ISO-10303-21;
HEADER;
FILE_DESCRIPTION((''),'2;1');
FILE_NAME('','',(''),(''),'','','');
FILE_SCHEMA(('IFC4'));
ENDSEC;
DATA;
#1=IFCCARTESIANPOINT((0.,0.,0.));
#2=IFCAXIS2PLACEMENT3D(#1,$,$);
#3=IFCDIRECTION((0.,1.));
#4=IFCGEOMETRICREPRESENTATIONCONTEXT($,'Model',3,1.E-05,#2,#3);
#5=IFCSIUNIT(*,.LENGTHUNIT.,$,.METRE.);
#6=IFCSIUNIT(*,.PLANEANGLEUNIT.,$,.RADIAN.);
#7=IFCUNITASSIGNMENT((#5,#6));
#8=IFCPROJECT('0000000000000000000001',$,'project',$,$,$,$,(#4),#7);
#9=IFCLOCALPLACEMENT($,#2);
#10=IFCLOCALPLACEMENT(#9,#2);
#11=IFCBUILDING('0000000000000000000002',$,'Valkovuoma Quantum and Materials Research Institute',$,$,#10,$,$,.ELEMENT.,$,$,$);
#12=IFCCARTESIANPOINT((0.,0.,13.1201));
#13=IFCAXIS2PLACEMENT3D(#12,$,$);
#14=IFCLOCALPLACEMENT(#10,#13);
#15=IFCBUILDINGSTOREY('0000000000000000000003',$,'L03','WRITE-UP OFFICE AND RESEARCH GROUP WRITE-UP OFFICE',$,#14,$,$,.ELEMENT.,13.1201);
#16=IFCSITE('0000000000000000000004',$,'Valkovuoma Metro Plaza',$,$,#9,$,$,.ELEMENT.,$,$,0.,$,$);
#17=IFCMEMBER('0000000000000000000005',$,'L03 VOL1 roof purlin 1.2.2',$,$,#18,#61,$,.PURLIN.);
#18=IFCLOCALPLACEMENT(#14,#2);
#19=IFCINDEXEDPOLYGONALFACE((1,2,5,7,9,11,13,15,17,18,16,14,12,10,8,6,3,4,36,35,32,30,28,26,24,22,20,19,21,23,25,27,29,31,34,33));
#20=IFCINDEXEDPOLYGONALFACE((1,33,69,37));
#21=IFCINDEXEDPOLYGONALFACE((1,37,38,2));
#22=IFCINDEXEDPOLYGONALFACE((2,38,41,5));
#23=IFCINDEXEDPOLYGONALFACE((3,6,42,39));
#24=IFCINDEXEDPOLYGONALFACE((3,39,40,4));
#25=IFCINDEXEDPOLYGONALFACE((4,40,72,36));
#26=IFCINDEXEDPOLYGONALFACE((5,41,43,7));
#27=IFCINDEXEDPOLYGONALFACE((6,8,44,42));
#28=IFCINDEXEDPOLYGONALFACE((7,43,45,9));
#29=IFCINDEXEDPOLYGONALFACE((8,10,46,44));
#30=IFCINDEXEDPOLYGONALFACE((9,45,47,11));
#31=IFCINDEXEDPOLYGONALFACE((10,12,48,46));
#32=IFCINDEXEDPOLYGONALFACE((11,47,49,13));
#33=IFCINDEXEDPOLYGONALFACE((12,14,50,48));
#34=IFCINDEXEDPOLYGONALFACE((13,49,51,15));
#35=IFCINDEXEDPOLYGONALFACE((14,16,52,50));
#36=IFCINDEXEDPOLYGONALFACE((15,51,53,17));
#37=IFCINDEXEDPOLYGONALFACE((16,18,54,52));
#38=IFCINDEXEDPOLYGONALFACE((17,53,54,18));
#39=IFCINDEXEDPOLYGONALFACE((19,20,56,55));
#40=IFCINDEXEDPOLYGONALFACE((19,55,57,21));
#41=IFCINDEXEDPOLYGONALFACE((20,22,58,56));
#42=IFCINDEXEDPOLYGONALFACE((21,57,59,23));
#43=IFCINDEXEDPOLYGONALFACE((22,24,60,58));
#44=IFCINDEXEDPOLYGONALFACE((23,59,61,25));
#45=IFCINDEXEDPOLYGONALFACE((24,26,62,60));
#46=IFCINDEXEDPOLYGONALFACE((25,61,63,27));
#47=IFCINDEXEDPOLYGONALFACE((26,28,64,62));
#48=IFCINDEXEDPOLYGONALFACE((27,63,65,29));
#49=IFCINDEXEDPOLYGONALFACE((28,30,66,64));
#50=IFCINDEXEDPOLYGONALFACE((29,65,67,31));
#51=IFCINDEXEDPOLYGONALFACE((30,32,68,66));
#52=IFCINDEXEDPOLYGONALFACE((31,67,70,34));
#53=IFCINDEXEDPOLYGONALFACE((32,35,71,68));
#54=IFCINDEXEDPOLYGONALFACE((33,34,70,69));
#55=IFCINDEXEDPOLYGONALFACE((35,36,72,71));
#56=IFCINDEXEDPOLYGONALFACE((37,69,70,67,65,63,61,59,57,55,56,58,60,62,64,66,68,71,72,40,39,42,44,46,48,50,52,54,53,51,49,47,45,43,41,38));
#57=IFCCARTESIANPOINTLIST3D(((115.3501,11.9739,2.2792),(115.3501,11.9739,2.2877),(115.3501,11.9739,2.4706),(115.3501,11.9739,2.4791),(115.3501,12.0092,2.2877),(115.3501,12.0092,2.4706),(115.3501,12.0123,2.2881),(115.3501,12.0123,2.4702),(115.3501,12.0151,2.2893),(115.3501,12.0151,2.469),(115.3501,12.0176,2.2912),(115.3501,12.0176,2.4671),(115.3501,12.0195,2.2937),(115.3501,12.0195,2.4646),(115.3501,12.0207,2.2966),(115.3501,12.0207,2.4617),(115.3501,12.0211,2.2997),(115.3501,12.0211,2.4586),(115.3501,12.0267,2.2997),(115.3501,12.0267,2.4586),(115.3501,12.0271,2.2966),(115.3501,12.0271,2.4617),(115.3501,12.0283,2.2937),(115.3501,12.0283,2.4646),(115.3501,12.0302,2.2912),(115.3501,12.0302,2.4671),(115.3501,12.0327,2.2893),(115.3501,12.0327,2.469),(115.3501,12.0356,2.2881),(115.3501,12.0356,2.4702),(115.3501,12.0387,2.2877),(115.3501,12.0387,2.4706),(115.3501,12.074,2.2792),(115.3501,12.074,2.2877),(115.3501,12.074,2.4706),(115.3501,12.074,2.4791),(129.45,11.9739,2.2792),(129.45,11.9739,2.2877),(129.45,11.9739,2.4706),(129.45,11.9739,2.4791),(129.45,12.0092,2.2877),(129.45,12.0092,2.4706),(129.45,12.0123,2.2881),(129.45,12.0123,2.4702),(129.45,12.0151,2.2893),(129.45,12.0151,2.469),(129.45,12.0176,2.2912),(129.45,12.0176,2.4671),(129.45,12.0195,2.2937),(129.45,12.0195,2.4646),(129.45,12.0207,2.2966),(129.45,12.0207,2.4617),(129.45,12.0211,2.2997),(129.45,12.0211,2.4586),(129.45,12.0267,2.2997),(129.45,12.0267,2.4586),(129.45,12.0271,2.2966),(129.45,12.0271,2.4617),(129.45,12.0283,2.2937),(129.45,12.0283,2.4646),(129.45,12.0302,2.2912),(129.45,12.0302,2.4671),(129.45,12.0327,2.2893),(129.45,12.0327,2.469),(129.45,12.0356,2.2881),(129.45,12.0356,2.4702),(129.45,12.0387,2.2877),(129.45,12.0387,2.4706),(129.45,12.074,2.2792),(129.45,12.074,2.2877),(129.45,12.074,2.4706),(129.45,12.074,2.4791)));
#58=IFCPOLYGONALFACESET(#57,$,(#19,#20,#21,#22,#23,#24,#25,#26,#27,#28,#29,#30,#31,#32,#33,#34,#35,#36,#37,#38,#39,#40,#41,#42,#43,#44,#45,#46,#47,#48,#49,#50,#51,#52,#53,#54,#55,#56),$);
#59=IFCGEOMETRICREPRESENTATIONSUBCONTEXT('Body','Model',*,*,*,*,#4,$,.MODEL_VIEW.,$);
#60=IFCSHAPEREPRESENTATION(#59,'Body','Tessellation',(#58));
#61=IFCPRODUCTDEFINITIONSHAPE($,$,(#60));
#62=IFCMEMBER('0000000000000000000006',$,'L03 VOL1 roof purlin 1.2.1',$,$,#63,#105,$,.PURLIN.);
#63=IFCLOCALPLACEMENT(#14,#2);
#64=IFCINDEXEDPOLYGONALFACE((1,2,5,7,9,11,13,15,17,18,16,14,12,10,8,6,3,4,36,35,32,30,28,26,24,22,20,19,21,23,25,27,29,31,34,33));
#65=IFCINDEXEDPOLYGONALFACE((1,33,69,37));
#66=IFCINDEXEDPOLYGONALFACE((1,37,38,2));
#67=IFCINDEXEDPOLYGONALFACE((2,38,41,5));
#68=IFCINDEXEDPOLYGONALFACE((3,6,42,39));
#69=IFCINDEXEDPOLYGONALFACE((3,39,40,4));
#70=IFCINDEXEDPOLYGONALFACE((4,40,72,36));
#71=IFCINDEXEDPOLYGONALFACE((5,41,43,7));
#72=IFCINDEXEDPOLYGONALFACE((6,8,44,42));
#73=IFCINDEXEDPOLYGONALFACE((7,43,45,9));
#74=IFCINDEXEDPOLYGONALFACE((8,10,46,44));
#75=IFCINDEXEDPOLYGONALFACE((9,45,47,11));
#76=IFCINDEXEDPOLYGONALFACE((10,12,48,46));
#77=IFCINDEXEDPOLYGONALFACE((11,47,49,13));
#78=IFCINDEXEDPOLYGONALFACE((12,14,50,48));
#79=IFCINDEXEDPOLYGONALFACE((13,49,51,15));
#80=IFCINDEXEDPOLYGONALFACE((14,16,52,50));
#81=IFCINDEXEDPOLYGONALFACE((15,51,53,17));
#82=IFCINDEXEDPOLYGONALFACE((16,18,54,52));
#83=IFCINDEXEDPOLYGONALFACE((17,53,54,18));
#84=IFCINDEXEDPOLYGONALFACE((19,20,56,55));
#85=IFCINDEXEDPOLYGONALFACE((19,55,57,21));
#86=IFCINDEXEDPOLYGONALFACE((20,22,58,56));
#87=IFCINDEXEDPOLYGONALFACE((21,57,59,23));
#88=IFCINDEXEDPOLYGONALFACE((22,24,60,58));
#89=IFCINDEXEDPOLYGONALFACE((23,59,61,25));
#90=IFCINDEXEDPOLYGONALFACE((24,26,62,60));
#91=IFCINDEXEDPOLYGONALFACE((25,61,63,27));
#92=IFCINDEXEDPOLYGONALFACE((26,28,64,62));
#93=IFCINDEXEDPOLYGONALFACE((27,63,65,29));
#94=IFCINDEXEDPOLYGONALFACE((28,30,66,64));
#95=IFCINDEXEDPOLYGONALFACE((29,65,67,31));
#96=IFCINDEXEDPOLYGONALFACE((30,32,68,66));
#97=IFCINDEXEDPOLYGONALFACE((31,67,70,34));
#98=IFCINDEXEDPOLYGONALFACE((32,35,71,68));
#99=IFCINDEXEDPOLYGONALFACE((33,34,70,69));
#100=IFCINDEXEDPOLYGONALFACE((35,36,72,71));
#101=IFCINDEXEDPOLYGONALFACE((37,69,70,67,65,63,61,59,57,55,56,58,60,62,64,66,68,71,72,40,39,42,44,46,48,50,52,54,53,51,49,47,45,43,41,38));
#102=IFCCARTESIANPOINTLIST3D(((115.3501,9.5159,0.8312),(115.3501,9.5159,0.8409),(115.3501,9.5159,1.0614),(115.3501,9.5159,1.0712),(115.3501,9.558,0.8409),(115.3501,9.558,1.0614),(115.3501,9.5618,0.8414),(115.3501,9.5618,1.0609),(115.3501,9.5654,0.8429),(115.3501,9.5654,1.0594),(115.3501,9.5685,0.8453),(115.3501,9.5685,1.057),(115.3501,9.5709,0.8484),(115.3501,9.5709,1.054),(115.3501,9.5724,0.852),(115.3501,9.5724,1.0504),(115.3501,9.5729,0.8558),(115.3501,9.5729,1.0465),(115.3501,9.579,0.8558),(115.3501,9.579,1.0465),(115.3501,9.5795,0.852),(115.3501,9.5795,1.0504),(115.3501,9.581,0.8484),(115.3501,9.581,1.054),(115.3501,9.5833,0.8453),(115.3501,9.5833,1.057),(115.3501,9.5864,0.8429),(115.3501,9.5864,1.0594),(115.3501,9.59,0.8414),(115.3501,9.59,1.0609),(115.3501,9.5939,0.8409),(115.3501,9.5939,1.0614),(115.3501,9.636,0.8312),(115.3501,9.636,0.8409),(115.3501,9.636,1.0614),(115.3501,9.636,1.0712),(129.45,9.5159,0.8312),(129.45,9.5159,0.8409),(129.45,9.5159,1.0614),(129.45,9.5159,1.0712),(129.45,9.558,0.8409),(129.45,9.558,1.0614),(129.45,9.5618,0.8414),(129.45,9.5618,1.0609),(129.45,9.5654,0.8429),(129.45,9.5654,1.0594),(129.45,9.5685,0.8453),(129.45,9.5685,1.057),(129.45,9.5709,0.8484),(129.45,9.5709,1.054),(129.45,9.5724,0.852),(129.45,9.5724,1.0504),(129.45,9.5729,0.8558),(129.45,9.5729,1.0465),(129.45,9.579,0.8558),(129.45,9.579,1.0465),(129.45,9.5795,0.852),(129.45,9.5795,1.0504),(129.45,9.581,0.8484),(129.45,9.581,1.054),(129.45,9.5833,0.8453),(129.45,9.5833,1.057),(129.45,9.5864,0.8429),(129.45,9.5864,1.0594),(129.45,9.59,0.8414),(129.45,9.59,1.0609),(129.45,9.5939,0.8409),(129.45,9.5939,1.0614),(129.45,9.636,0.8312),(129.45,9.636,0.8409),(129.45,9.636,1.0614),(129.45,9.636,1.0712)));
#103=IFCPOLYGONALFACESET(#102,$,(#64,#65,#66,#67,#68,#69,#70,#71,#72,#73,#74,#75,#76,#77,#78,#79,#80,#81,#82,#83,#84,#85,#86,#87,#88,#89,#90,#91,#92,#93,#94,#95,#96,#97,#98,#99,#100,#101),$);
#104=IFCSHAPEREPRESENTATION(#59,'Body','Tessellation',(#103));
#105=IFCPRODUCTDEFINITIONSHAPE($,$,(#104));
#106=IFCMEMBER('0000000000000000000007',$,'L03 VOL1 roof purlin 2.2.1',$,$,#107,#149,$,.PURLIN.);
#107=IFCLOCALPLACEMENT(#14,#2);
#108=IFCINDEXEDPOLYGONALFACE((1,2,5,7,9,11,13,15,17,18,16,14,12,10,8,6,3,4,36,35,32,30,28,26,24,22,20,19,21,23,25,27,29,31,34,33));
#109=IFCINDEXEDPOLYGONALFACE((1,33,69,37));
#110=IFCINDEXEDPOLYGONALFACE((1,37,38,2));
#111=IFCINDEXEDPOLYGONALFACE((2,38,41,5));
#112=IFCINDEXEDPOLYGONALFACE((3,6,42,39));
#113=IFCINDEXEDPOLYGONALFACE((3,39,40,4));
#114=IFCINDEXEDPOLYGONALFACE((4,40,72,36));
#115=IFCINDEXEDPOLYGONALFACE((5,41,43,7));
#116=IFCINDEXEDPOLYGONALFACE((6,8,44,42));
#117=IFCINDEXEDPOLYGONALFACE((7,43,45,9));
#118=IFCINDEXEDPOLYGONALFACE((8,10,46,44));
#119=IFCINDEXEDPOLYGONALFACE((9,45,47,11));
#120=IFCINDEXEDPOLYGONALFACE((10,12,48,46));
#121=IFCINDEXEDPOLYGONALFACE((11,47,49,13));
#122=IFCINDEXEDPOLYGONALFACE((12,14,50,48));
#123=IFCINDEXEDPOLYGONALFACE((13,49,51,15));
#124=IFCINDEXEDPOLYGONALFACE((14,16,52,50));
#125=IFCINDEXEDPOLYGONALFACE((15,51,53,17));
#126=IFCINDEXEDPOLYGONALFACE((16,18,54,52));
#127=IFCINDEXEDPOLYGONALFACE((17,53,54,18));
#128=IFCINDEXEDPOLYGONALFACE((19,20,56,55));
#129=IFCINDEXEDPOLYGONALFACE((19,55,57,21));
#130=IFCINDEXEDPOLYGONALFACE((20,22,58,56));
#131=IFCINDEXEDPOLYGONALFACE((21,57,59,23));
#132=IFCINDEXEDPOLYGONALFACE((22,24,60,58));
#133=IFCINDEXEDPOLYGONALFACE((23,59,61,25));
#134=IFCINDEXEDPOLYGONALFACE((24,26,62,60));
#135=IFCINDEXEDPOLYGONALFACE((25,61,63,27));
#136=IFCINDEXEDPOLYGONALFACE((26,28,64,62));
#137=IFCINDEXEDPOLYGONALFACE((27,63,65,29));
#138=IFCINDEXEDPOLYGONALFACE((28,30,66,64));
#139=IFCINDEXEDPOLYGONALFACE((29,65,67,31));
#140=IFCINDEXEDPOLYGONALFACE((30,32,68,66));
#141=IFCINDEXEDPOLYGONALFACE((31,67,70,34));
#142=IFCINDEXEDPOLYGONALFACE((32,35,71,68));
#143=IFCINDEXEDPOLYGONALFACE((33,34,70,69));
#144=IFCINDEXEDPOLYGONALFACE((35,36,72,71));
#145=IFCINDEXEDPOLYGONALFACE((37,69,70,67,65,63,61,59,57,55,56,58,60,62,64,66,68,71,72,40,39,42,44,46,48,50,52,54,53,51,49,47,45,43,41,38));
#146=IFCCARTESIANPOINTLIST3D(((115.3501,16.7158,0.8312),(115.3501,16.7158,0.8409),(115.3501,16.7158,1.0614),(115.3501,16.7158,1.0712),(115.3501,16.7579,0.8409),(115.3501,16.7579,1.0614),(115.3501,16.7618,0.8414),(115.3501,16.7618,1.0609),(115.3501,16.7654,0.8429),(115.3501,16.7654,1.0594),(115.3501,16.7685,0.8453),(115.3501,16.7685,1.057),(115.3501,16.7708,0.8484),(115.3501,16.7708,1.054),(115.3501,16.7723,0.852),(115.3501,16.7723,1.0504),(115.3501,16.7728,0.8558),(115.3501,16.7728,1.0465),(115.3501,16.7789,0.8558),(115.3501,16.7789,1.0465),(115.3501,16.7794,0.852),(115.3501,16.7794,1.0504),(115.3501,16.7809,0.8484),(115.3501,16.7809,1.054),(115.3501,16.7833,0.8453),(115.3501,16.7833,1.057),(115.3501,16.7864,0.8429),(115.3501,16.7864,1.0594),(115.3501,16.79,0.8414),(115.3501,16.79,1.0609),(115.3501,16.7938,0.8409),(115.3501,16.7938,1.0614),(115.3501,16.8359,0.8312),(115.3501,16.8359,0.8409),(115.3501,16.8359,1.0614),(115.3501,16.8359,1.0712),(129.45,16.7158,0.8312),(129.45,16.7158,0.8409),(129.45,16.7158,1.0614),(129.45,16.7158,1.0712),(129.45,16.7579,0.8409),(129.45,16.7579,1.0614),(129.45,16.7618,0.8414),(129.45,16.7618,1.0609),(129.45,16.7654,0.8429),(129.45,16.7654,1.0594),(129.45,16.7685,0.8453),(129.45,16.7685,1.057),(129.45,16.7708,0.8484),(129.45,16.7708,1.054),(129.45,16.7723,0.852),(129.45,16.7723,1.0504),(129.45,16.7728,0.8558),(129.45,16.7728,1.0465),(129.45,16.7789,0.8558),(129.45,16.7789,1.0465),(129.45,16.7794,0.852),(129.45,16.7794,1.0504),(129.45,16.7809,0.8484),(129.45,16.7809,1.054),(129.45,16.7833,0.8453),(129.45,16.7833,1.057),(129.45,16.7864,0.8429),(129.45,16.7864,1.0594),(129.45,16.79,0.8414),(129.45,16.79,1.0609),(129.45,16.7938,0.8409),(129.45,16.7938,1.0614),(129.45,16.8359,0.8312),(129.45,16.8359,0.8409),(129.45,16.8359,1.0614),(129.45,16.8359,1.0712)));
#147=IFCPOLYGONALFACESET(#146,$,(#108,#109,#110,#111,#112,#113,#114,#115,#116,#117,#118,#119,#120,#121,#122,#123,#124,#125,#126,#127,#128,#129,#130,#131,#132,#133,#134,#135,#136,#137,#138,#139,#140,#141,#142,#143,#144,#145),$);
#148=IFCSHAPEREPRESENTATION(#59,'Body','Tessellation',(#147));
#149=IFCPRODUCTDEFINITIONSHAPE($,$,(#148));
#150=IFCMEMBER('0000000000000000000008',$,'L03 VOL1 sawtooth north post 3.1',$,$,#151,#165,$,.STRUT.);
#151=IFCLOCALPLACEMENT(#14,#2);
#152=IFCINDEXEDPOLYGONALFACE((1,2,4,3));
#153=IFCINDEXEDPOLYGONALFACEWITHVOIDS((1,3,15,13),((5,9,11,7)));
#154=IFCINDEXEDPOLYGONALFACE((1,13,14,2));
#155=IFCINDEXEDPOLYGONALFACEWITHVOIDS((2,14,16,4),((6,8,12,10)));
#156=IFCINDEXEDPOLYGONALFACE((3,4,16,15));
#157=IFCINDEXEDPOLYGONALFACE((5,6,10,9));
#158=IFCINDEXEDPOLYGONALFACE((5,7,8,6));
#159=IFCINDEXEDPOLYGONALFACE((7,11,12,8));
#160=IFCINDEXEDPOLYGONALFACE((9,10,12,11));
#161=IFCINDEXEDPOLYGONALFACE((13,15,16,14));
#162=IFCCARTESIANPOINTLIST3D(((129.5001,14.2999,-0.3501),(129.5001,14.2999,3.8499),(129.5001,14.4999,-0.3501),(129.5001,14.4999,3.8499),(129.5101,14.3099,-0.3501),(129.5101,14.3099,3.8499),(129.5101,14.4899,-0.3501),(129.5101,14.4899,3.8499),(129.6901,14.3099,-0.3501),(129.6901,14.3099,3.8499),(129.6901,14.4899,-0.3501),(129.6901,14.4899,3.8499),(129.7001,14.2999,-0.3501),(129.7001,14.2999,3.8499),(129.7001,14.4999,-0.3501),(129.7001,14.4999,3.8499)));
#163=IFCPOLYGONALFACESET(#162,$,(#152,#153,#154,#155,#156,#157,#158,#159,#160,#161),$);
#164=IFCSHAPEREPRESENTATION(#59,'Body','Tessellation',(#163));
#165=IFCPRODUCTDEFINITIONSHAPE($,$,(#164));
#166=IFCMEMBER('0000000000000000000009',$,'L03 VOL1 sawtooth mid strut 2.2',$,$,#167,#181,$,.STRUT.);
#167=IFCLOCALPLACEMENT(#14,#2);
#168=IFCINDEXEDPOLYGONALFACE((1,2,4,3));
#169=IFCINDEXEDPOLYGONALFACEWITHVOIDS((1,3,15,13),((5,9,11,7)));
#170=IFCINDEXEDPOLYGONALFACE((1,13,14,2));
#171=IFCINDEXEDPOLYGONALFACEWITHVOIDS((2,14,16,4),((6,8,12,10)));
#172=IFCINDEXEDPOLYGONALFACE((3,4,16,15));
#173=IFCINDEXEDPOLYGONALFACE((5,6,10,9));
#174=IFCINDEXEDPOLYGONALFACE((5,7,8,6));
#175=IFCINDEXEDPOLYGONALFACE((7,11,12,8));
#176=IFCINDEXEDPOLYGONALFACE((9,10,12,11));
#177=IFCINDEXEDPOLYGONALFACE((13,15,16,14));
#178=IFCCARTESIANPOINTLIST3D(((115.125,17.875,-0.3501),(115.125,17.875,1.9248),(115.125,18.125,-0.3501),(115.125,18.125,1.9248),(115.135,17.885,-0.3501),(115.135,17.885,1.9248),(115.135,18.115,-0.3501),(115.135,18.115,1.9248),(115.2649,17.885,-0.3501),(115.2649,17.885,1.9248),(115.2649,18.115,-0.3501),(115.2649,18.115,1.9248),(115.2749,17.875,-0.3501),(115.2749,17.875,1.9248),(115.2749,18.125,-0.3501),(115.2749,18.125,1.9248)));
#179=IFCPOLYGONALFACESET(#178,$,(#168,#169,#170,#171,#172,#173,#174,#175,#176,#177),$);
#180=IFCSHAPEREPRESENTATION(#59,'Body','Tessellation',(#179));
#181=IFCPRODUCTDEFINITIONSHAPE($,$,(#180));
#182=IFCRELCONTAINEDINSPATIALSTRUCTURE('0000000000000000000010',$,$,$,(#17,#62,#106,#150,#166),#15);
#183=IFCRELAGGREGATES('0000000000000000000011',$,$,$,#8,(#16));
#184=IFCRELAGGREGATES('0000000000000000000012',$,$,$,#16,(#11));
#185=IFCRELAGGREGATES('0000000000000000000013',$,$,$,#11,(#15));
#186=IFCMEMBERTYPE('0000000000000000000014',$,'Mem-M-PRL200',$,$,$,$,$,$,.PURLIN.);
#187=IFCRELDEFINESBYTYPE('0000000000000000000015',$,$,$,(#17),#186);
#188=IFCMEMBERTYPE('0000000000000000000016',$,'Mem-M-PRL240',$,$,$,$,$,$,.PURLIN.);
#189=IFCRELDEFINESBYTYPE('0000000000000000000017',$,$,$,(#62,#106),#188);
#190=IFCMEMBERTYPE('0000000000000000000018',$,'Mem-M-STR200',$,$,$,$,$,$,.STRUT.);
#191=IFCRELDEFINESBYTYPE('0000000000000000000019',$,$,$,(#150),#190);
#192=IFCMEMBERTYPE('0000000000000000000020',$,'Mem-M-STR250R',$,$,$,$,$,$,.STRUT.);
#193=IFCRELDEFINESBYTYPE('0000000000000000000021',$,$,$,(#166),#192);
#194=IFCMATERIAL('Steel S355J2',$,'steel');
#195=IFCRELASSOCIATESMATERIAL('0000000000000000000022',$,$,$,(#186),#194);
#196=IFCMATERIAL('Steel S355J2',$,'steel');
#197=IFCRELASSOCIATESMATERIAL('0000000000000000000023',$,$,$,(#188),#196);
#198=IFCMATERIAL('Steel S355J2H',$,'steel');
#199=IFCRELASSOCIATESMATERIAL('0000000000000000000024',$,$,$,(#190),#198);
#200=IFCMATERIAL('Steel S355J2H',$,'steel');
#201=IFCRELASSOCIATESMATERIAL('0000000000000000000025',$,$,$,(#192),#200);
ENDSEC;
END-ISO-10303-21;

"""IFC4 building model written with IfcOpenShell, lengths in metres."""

from ifc_helpers import new_model, si_unit, direction, frame, origin, origin_2d, place, context, subcontext, project, spatial, hollow_rectangle, i_section, extrude, material, material_profile, profile_set, type_object, element, save


model = new_model("IFC4")

# Units and contexts
model_context = context("Model", 3, precision=1e-05, world=origin(), true_north=direction((0.0, 1.0)))
body_context = subcontext(model_context, "Body", "Model", "MODEL_VIEW")
ifc_project = project(units=[si_unit("LENGTHUNIT", "METRE"), si_unit("PLANEANGLEUNIT", "RADIAN")], contexts=[model_context])

# Site, building, storey
site_placement = place(None, origin())
site = spatial("IfcSite", under=ifc_project, at=site_placement, Name="Valkovuoma Metro Plaza", CompositionType="ELEMENT", RefElevation=0.0)
building_placement = place(site_placement, origin())
building = spatial("IfcBuilding", under=site, at=building_placement, Name="Valkovuoma Quantum and Materials Research Institute", CompositionType="ELEMENT")
storey_placement = place(building_placement, frame((0.0, 0.0, 13.1201)))
storey = spatial("IfcBuildingStorey", under=building, at=storey_placement, Name="L03", Description="WRITE-UP OFFICE AND RESEARCH GROUP WRITE-UP OFFICE", CompositionType="ELEMENT", Elevation=13.1201)

# Members
ifc_material_1 = material(Name="Steel S355J2", Category="steel")
ifc_material_profile_1 = material_profile(ifc_material_1, i_section(OverallWidth=0.1001, OverallDepth=0.2, WebThickness=0.0056, FlangeThickness=0.0085, FilletRadius=0.012, at=origin_2d()), Name="Steel S355J2")
ifc_profile_set_1 = profile_set([ifc_material_profile_1], Name="Steel S355J2")
member_type_1 = type_object("IfcMemberType", Name="Mem-M-PRL200", PredefinedType="PURLIN", material=ifc_profile_set_1)
member_1_placement = place(storey_placement, frame((115.3501, 12.0239, 2.3792), z_axis=(1.0, 0.0, 0.0), x_axis=(0.0, 1.0, 0.0)))
element("IfcMember", 1, at=member_1_placement, inside=storey, type_object=member_type_1, Name="L03 VOL1 roof purlin 1.2.2", PredefinedType="PURLIN", context=body_context, shape_type="SweptSolid", body=[
    extrude(i_section(OverallWidth=0.1001, OverallDepth=0.2, WebThickness=0.0056, FlangeThickness=0.0085, FilletRadius=0.012, at=origin_2d()), origin(), (0.0, 0.0, 1.0), 14.0999),
])
ifc_material_2 = material(Name="Steel S355J2", Category="steel")
ifc_material_profile_2 = material_profile(ifc_material_2, i_section(OverallWidth=0.1201, OverallDepth=0.24, WebThickness=0.0061, FlangeThickness=0.0098, FilletRadius=0.0149, at=origin_2d()), Name="Steel S355J2")
ifc_profile_set_2 = profile_set([ifc_material_profile_2], Name="Steel S355J2")
member_type_2 = type_object("IfcMemberType", Name="Mem-M-PRL240", PredefinedType="PURLIN", material=ifc_profile_set_2)
for number, where, z_axis, x_axis, name in (
    (2, (115.3501, 9.5759, 0.9512), (1.0, 0.0, 0.0), (0.0, 1.0, 0.0), "L03 VOL1 roof purlin 1.2.1"),
    (3, (115.3501, 16.7759, 0.9512), (1.0, 0.0, 0.0), (0.0, 1.0, 0.0), "L03 VOL1 roof purlin 2.2.1"),
):
    element("IfcMember", number, at=place(storey_placement, frame(where, z_axis=z_axis, x_axis=x_axis)), inside=storey, type_object=member_type_2, Name=name, PredefinedType="PURLIN", context=body_context, shape_type="SweptSolid", body=[
        extrude(i_section(OverallWidth=0.1201, OverallDepth=0.24, WebThickness=0.0061, FlangeThickness=0.0098, FilletRadius=0.0149, at=origin_2d()), origin(), (0.0, 0.0, 1.0), 14.0999),
    ])
ifc_material_3 = material(Name="Steel S355J2H", Category="steel")
ifc_material_profile_3 = material_profile(ifc_material_3, hollow_rectangle(XDim=0.2, YDim=0.2, WallThickness=0.01, at=origin_2d()), Name="Steel S355J2H")
ifc_profile_set_3 = profile_set([ifc_material_profile_3], Name="Steel S355J2H")
member_type_3 = type_object("IfcMemberType", Name="Mem-M-STR200", PredefinedType="STRUT", material=ifc_profile_set_3)
member_2_placement = place(storey_placement, frame((129.6001, 14.3999, -0.3501), z_axis=(0.0, 0.0, 1.0), x_axis=(1.0, 0.0, 0.0)))
element("IfcMember", 4, at=member_2_placement, inside=storey, type_object=member_type_3, Name="L03 VOL1 sawtooth north post 3.1", PredefinedType="STRUT", context=body_context, shape_type="SweptSolid", body=[
    extrude(hollow_rectangle(XDim=0.2, YDim=0.2, WallThickness=0.01, at=origin_2d()), origin(), (0.0, 0.0, 1.0), 4.2),
])
ifc_material_4 = material(Name="Steel S355J2H", Category="steel")
ifc_material_profile_4 = material_profile(ifc_material_4, hollow_rectangle(XDim=0.1499, YDim=0.25, WallThickness=0.01, at=origin_2d()), Name="Steel S355J2H")
ifc_profile_set_4 = profile_set([ifc_material_profile_4], Name="Steel S355J2H")
member_type_4 = type_object("IfcMemberType", Name="Mem-M-STR250R", PredefinedType="STRUT", material=ifc_profile_set_4)
for number, where, z_axis, x_axis, name in (
    (5, (115.2, 18.0, -0.3501), (0.0, 0.0, 1.0), (1.0, 0.0, 0.0), "L03 VOL1 sawtooth mid strut 2.2"),
):
    element("IfcMember", number, at=place(storey_placement, frame(where, z_axis=z_axis, x_axis=x_axis)), inside=storey, type_object=member_type_4, Name=name, PredefinedType="STRUT", context=body_context, shape_type="SweptSolid", body=[
        extrude(hollow_rectangle(XDim=0.1499, YDim=0.25, WallThickness=0.01, at=origin_2d()), origin(), (0.0, 0.0, 1.0), 2.2749),
    ])

save(model, "model.ifc")
